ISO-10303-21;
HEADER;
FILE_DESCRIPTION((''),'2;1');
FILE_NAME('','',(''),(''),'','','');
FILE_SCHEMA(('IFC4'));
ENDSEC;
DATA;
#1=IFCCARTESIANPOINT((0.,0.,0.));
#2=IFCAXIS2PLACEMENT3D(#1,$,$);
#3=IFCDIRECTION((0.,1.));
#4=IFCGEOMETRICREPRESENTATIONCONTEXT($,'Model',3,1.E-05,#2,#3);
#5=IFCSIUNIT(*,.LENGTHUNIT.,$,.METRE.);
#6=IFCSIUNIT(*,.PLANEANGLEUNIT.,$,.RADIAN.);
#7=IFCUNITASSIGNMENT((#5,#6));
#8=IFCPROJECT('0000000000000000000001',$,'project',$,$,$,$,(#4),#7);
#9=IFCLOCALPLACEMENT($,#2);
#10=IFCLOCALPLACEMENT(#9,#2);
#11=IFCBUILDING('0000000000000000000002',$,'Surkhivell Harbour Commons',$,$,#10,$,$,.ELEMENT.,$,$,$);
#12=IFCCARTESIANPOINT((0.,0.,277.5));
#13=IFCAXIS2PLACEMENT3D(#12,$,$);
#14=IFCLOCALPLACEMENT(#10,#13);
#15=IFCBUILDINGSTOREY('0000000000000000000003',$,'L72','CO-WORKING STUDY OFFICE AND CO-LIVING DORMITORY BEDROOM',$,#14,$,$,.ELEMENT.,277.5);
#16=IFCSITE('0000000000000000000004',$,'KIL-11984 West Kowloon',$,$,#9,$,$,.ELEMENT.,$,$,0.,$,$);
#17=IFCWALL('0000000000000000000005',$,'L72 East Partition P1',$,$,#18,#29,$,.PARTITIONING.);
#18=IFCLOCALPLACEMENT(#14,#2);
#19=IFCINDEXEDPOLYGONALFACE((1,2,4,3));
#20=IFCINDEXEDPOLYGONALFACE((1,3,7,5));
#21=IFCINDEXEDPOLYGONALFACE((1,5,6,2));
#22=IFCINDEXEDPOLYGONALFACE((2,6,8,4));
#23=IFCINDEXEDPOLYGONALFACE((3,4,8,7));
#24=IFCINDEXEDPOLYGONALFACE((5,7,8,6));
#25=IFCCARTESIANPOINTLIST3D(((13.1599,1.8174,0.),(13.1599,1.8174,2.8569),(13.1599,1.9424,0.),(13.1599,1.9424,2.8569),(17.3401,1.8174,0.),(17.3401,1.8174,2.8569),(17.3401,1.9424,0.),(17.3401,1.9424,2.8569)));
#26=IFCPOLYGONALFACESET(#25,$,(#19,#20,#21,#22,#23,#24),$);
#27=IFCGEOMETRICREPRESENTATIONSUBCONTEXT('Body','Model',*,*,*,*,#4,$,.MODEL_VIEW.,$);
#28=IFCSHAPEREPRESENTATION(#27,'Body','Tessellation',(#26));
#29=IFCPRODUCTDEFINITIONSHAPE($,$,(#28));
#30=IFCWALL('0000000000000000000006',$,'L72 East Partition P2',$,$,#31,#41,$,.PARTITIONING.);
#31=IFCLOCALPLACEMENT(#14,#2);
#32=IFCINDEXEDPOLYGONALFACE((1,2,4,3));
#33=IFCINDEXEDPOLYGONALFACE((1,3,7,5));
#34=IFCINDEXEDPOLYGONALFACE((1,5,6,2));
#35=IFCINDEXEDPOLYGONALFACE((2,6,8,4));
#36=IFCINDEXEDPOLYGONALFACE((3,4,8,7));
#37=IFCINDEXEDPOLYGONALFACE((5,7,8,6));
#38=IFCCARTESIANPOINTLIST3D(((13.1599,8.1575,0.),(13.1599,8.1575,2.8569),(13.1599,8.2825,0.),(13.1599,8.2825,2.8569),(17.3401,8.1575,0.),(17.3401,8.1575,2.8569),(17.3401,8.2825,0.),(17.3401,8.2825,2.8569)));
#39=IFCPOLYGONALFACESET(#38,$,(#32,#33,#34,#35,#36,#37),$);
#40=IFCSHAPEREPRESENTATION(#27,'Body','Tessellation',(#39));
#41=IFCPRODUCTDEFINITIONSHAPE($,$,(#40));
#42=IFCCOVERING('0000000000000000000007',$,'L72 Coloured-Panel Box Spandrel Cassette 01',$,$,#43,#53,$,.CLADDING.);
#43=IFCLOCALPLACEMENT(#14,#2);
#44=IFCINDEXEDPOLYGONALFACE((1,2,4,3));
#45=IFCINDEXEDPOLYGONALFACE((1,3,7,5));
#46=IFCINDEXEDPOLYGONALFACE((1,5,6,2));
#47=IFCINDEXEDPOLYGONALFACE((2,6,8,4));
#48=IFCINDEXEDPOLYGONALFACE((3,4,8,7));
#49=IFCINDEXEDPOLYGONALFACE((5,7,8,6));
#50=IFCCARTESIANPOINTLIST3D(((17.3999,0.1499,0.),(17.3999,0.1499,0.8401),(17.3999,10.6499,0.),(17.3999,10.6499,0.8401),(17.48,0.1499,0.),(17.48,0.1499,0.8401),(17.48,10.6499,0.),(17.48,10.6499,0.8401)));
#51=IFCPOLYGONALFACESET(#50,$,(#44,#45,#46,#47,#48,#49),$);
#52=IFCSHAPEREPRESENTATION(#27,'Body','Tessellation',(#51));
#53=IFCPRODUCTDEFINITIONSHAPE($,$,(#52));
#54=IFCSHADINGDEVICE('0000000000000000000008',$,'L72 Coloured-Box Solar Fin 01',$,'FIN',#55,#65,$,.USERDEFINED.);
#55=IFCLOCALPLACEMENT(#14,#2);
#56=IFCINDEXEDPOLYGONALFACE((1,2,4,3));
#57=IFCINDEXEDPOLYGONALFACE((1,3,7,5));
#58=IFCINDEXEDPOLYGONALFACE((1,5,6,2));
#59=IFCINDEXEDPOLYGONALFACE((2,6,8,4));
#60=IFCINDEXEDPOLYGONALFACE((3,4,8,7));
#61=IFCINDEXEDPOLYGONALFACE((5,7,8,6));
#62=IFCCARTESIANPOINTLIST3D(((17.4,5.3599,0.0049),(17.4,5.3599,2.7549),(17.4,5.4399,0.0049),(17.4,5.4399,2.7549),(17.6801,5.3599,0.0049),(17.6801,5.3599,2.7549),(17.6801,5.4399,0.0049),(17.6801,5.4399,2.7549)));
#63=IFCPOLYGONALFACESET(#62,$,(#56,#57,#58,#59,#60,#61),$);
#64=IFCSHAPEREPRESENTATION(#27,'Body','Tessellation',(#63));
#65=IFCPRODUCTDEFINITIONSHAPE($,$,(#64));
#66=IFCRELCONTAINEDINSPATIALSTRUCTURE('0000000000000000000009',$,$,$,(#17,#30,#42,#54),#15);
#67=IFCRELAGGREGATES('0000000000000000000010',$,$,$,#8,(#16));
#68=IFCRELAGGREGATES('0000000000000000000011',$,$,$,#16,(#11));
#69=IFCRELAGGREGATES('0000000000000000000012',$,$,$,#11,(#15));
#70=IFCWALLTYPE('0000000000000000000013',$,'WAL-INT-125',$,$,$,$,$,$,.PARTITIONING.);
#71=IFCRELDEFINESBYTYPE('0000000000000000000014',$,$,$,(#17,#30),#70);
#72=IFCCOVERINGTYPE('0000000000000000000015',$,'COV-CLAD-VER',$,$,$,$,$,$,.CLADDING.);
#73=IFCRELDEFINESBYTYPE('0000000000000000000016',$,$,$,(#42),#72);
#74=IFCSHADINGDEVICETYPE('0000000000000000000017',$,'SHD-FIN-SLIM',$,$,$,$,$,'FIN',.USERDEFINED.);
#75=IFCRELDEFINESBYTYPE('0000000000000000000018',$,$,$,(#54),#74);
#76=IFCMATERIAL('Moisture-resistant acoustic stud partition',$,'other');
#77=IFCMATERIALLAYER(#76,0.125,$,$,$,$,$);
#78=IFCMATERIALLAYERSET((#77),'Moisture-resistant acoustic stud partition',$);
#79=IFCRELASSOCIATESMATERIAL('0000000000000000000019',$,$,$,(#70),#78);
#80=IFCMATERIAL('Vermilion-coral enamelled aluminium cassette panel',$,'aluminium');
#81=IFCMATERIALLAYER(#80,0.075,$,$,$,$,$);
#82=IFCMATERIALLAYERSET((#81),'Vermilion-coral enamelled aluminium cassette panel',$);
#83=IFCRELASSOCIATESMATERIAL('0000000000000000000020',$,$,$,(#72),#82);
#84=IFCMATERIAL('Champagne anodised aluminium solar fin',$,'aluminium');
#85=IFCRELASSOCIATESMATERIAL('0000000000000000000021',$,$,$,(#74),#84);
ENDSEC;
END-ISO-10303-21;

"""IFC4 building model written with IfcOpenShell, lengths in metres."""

from ifc_helpers import new_model, si_unit, direction, frame, frame_2d, origin, origin_2d, place, context, subcontext, project, spatial, rectangle, extrude, material, layer, layer_set, type_object, element, save


model = new_model("IFC4")

# Units and contexts
model_context = context("Model", 3, precision=1e-05, world=origin(), true_north=direction((0.0, 1.0)))
body_context = subcontext(model_context, "Body", "Model", "MODEL_VIEW")
ifc_project = project(units=[si_unit("LENGTHUNIT", "METRE"), si_unit("PLANEANGLEUNIT", "RADIAN")], contexts=[model_context])

# Site, building, storey
site_placement = place(None, origin())
site = spatial("IfcSite", under=ifc_project, at=site_placement, Name="KIL-11984 West Kowloon", CompositionType="ELEMENT", RefElevation=0.0)
building_placement = place(site_placement, origin())
building = spatial("IfcBuilding", under=site, at=building_placement, Name="Surkhivell Harbour Commons", CompositionType="ELEMENT")
storey_placement = place(building_placement, frame((0.0, 0.0, 277.5)))
storey = spatial("IfcBuildingStorey", under=building, at=storey_placement, Name="L72", Description="CO-WORKING STUDY OFFICE AND CO-LIVING DORMITORY BEDROOM", CompositionType="ELEMENT", Elevation=277.5)

# Walls
ifc_material_1 = material(Name="Moisture-resistant acoustic stud partition", Category="other")
ifc_layer_1 = layer(ifc_material_1, 0.125)
ifc_layer_set_1 = layer_set([ifc_layer_1], Name="Moisture-resistant acoustic stud partition")
wall_type_1 = type_object("IfcWallType", Name="WAL-INT-125", PredefinedType="PARTITIONING", material=ifc_layer_set_1)
for number, where, z_axis, x_axis, name in (
    (1, (13.1599, 1.8799, 0.0), (0.0, 0.0, 1.0), (1.0, 0.0, 0.0), "L72 East Partition P1"),
    (2, (13.1599, 8.22, 0.0), (0.0, 0.0, 1.0), (1.0, 0.0, 0.0), "L72 East Partition P2"),
):
    element("IfcWall", number, at=place(storey_placement, frame(where, z_axis=z_axis, x_axis=x_axis)), inside=storey, type_object=wall_type_1, Name=name, PredefinedType="PARTITIONING", context=body_context, shape_type="SweptSolid", body=[
        extrude(rectangle(XDim=4.1802, YDim=0.125, at=frame_2d((2.0901, 0.0))), origin(), (0.0, 0.0, 1.0), 2.8569),
    ])

# Covering
ifc_material_2 = material(Name="Vermilion-coral enamelled aluminium cassette panel", Category="aluminium")
ifc_layer_2 = layer(ifc_material_2, 0.075)
ifc_layer_set_2 = layer_set([ifc_layer_2], Name="Vermilion-coral enamelled aluminium cassette panel")
covering_type = type_object("IfcCoveringType", Name="COV-CLAD-VER", PredefinedType="CLADDING", material=ifc_layer_set_2)
covering_placement = place(storey_placement, frame((17.4399, 5.3999, 0.0), z_axis=(0.0, 0.0, 1.0), x_axis=(1.0, 0.0, 0.0)))
element("IfcCovering", 3, at=covering_placement, inside=storey, type_object=covering_type, Name="L72 Coloured-Panel Box Spandrel Cassette 01", PredefinedType="CLADDING", context=body_context, shape_type="SweptSolid", body=[
    extrude(rectangle(XDim=0.0801, YDim=10.5, at=origin_2d()), origin(), (0.0, 0.0, 1.0), 0.8401),
])

# Shading device
ifc_material_3 = material(Name="Champagne anodised aluminium solar fin", Category="aluminium")
shading_device_type = type_object("IfcShadingDeviceType", Name="SHD-FIN-SLIM", ElementType="FIN", PredefinedType="USERDEFINED", material=ifc_material_3)
shading_device_placement = place(storey_placement, frame((17.54, 5.3999, 0.0049), z_axis=(0.0, 0.0, 1.0), x_axis=(1.0, 0.0, 0.0)))
element("IfcShadingDevice", 4, at=shading_device_placement, inside=storey, type_object=shading_device_type, Name="L72 Coloured-Box Solar Fin 01", ObjectType="FIN", PredefinedType="USERDEFINED", context=body_context, shape_type="SweptSolid", body=[
    extrude(rectangle(XDim=0.28, YDim=0.0801, at=origin_2d()), origin(), (0.0, 0.0, 1.0), 2.75),
])

save(model, "model.ifc")
